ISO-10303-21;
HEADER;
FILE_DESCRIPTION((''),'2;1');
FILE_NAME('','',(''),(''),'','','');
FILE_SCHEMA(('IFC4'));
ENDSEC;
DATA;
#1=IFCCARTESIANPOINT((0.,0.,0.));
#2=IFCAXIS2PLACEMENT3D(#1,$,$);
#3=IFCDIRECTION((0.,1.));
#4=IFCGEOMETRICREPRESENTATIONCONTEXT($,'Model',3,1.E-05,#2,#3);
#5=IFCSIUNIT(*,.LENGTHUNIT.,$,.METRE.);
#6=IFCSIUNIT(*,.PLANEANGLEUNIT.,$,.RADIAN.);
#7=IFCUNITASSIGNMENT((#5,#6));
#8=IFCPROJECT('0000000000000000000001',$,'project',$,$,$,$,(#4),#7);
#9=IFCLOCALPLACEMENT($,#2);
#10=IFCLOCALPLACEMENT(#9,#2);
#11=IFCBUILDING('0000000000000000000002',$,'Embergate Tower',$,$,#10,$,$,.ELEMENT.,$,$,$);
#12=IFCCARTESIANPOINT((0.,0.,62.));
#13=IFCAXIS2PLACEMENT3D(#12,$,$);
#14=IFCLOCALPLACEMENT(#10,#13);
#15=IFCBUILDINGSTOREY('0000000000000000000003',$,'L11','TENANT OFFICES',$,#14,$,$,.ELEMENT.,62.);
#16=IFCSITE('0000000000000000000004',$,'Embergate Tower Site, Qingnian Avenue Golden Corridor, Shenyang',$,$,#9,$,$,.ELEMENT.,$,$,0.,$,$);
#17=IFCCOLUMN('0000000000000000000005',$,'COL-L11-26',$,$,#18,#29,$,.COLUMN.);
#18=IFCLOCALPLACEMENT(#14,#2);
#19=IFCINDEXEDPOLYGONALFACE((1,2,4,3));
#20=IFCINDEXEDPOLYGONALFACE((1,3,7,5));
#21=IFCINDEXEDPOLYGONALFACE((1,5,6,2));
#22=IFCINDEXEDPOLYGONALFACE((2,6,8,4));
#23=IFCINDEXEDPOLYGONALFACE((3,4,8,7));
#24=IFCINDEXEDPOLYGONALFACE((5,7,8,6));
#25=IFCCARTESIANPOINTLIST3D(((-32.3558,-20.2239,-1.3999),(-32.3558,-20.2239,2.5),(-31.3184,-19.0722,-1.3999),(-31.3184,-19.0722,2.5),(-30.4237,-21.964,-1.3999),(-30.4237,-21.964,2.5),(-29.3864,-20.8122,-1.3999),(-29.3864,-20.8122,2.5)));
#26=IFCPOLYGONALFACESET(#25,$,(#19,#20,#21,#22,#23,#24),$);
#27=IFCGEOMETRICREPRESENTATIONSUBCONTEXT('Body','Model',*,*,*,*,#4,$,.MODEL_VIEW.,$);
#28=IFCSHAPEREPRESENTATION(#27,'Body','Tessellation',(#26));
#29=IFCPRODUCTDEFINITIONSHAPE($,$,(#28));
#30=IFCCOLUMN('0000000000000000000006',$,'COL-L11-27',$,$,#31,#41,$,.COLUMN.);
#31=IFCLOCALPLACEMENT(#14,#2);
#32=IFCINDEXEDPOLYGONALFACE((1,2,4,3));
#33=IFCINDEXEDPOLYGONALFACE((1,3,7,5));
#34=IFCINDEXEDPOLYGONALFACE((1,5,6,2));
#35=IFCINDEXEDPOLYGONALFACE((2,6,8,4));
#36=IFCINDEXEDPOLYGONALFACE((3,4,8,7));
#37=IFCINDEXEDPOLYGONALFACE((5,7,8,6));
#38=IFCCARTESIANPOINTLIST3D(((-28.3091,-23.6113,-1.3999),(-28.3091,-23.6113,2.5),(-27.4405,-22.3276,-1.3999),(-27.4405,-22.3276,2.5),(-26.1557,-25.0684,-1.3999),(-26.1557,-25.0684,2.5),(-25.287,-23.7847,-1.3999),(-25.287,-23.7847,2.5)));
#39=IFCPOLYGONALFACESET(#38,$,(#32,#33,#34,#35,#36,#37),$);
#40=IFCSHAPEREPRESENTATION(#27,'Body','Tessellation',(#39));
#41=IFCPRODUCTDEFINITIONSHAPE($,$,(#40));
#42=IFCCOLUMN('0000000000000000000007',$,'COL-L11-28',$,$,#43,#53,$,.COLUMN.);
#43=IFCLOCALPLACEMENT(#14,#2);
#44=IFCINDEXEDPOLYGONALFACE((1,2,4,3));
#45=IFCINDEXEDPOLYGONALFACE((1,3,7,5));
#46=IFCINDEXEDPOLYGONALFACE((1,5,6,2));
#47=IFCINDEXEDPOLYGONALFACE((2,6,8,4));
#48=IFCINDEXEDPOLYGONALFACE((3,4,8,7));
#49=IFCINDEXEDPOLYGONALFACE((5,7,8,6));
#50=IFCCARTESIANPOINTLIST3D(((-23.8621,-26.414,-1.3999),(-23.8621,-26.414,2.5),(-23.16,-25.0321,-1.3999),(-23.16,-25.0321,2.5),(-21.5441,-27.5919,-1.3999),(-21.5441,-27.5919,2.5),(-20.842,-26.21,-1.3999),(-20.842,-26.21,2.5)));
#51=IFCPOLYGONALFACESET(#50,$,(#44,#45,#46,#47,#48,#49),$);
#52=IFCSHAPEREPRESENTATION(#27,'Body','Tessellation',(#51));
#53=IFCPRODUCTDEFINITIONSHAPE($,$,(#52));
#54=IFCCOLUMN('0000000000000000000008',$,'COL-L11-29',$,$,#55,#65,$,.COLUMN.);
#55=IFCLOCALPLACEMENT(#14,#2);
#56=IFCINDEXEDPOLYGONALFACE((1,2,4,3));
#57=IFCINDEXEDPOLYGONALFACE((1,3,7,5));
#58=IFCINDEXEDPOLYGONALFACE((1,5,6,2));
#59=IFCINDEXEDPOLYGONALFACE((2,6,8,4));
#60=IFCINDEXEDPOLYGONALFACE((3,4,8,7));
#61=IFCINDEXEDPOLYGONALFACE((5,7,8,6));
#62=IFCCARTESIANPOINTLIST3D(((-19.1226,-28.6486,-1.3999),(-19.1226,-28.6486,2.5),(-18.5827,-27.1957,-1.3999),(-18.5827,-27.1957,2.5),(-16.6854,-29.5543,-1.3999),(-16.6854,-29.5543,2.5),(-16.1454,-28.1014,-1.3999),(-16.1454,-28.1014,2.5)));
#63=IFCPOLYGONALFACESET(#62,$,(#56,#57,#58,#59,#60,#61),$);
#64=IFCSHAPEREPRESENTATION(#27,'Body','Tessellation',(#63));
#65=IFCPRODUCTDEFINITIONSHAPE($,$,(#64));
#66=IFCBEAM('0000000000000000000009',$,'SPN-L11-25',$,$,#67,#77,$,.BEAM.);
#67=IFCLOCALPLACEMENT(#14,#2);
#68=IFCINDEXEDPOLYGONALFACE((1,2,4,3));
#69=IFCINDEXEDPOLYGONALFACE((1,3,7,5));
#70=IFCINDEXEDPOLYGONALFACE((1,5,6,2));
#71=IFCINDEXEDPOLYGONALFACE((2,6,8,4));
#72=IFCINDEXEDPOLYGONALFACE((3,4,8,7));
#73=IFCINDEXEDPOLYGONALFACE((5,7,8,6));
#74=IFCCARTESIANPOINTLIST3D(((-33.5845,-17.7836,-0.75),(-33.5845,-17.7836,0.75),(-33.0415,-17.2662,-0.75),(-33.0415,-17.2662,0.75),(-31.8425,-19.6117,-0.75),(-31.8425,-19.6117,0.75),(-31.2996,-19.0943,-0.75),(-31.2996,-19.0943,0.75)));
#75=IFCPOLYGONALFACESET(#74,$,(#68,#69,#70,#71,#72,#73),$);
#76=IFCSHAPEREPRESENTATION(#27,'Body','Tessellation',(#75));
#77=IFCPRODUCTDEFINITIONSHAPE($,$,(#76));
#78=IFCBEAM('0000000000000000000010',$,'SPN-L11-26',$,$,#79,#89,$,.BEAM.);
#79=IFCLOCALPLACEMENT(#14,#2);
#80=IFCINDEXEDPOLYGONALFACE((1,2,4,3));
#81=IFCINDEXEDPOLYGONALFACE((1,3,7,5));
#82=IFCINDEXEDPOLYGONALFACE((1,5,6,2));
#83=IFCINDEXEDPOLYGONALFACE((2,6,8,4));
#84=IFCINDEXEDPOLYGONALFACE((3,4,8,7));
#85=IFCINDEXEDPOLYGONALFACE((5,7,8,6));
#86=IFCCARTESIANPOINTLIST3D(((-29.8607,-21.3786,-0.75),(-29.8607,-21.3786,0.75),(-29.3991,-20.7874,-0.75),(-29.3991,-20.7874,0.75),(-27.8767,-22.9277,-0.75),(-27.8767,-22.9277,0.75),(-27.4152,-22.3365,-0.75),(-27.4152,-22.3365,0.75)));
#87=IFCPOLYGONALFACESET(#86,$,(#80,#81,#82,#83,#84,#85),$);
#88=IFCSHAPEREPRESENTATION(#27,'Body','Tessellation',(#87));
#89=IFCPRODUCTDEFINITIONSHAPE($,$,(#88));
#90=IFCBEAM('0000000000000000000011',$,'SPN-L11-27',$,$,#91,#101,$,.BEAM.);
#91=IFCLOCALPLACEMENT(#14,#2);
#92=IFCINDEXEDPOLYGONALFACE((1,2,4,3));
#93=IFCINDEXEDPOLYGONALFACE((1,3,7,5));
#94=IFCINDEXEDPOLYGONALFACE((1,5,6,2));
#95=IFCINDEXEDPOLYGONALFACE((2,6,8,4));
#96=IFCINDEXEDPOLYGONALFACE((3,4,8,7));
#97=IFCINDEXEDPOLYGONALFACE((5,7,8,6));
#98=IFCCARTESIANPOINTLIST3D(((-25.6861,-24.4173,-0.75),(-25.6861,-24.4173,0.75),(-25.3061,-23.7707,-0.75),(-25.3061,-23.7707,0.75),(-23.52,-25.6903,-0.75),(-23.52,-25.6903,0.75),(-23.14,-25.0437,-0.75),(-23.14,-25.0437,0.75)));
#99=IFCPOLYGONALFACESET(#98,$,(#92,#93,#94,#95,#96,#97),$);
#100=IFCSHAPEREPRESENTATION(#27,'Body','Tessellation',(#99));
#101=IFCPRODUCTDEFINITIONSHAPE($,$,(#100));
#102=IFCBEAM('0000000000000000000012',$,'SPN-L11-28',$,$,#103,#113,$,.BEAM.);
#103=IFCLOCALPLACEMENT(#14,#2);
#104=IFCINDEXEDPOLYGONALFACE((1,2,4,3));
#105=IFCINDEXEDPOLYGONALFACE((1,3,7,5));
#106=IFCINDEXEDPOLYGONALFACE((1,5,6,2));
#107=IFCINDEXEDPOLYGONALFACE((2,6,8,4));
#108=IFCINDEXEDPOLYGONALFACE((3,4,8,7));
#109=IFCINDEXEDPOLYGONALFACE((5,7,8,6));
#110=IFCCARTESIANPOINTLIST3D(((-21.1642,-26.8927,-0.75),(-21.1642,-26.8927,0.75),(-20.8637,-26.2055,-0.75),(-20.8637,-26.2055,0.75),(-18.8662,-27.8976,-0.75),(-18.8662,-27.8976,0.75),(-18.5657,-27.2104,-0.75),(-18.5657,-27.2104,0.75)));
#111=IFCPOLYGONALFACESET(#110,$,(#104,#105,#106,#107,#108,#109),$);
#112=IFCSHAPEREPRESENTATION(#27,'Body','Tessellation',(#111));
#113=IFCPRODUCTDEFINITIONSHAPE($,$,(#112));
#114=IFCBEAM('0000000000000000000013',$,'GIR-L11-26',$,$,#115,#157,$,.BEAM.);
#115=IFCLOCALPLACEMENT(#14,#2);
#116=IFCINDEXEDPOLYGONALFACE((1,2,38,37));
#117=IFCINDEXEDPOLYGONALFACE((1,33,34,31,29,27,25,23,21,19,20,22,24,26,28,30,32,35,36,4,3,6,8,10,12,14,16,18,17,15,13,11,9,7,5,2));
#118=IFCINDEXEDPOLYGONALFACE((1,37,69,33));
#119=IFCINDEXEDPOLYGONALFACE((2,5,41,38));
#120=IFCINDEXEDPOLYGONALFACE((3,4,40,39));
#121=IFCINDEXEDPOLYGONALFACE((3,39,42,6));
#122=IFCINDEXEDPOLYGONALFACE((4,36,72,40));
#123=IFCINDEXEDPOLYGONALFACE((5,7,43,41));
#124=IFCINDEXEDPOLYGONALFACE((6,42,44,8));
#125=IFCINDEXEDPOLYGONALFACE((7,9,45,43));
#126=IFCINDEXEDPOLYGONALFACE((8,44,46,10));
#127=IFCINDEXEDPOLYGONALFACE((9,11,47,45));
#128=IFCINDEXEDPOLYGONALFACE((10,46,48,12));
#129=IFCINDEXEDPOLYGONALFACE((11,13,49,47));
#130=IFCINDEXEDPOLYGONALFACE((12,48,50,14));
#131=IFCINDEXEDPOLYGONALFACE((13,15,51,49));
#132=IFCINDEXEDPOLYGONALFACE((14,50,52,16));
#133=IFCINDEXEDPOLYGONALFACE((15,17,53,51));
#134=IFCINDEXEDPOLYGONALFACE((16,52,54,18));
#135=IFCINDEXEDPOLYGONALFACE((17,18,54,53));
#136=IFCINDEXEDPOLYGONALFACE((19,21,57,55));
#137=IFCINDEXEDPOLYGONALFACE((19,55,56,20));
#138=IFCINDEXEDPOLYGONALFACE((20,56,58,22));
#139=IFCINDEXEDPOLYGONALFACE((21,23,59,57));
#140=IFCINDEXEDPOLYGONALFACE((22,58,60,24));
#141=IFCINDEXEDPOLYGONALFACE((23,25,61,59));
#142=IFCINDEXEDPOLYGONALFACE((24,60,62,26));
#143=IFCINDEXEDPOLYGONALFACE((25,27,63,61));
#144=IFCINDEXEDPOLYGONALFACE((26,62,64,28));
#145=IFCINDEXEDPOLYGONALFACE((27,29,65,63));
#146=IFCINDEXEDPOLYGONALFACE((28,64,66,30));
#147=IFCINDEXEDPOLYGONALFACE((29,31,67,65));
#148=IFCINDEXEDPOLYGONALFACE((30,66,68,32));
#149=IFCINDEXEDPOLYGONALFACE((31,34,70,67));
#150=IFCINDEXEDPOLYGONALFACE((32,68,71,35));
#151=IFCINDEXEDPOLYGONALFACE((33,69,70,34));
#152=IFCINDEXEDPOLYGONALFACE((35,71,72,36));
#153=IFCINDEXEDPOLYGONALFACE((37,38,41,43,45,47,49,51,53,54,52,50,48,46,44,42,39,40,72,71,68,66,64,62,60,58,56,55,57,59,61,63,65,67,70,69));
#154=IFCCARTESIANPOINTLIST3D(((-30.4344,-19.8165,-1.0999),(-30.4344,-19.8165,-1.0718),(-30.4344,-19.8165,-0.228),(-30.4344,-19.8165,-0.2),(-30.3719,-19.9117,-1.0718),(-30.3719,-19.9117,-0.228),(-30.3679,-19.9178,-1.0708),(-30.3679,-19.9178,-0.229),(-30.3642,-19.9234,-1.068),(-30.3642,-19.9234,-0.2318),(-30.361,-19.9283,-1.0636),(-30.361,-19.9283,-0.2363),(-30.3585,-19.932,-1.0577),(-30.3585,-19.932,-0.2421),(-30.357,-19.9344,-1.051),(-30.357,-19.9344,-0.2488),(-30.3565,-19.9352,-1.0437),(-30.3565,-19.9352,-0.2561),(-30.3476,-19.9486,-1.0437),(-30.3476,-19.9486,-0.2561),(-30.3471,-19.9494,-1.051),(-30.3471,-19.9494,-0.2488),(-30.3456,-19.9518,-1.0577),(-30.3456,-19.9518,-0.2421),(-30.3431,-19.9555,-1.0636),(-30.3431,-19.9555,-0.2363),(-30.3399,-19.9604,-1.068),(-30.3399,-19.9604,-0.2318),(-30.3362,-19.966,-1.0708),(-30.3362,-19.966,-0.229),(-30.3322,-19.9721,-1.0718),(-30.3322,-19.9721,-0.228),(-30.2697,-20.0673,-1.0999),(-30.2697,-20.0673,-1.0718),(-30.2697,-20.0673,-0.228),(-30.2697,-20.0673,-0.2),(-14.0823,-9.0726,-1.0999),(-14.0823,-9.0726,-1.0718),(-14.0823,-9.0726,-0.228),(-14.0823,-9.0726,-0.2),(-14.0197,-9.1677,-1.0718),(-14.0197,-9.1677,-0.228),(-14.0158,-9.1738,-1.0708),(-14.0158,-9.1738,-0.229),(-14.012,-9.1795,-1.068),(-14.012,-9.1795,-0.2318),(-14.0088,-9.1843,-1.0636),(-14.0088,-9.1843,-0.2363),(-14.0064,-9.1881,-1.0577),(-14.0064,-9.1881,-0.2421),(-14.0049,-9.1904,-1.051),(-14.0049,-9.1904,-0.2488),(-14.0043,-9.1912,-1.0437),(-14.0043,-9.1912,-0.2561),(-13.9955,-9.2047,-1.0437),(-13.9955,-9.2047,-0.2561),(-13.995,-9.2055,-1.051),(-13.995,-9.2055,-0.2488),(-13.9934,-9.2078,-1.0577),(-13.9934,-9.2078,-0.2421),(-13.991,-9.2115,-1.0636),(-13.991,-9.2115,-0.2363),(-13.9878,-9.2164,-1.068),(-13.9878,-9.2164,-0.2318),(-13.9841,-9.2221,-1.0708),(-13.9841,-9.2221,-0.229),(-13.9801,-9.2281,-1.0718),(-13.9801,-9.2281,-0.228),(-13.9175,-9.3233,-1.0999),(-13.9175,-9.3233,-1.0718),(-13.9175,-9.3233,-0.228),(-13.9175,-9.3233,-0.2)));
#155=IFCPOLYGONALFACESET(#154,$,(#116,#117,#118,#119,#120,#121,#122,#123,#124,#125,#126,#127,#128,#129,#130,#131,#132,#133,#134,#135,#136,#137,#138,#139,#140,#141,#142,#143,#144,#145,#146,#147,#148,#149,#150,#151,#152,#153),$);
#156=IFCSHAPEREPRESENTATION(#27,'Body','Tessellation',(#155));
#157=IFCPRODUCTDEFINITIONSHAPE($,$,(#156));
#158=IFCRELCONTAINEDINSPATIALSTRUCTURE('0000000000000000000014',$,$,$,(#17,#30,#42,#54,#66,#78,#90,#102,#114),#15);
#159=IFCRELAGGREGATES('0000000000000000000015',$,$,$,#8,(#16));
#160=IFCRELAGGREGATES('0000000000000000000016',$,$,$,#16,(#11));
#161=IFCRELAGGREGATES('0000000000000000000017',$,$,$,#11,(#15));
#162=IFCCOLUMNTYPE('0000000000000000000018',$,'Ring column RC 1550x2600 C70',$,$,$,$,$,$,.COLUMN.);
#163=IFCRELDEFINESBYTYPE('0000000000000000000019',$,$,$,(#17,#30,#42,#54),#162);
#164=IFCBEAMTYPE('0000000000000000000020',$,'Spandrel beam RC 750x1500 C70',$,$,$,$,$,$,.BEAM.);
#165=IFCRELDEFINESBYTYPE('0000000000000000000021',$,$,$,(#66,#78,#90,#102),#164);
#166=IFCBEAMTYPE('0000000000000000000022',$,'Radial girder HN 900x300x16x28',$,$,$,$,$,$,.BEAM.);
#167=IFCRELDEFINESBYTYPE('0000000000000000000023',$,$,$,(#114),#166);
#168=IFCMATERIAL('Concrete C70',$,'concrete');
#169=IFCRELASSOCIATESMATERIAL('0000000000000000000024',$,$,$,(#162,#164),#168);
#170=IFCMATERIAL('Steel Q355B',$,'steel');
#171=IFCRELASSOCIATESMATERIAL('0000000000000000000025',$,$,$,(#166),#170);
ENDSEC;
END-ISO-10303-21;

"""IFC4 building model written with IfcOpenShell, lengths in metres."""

from ifc_helpers import new_model, si_unit, direction, frame, origin, origin_2d, place, context, subcontext, project, spatial, rectangle, i_section, extrude, source, transform, mapped, material, material_profile, profile_set, type_object, element, save


model = new_model("IFC4")

# Units and contexts
model_context = context("Model", 3, precision=1e-05, world=origin(), true_north=direction((0.0, 1.0)))
body_context = subcontext(model_context, "Body", "Model", "MODEL_VIEW")
ifc_project = project(units=[si_unit("LENGTHUNIT", "METRE"), si_unit("PLANEANGLEUNIT", "RADIAN")], contexts=[model_context])

# Site, building, storey
site_placement = place(None, origin())
site = spatial("IfcSite", under=ifc_project, at=site_placement, Name="Embergate Tower Site, Qingnian Avenue Golden Corridor, Shenyang", CompositionType="ELEMENT", RefElevation=0.0)
building_placement = place(site_placement, origin())
building = spatial("IfcBuilding", under=site, at=building_placement, Name="Embergate Tower", CompositionType="ELEMENT")
storey_placement = place(building_placement, frame((0.0, 0.0, 62.0)))
storey = spatial("IfcBuildingStorey", under=building, at=storey_placement, Name="L11", Description="TENANT OFFICES", CompositionType="ELEMENT", Elevation=62.0)

# Columns
ifc_material_1 = material(Name="Concrete C70", Category="concrete")
ifc_material_profile_1 = material_profile(ifc_material_1, rectangle(XDim=1.55, YDim=2.6001, at=origin_2d()), Name="RC 1550x2600")
ifc_profile_set_1 = profile_set([ifc_material_profile_1], Name="Concrete C70")
column_type = type_object("IfcColumnType", Name="Ring column RC 1550x2600 C70", PredefinedType="COLUMN", material=ifc_profile_set_1)
shared_shape_1 = source(origin(), body_context, "Body", "SweptSolid", [
    extrude(rectangle(XDim=1.55, YDim=2.6001, at=origin_2d()), origin(), (0.0, 0.0, 1.0), 3.8999),
])
for number, where, z_axis, x_axis, name in (
    (1, (-30.8711, -20.5181, -1.3999), (0.0, 0.0, 1.0), (-0.669221, -0.743063, 0.0), "COL-L11-26"),
    (2, (-26.7981, -23.698, -1.3999), (0.0, 0.0, 1.0), (-0.560408, -0.828217, 0.0), "COL-L11-27"),
    (3, (-22.3521, -26.312, -1.3999), (0.0, 0.0, 1.0), (-0.453011, -0.891505, 0.0), "COL-L11-28"),
    (4, (-17.634, -28.375, -1.3999), (0.0, 0.0, 1.0), (-0.348343, -0.937367, 0.0), "COL-L11-29"),
):
    element("IfcColumn", number, at=place(storey_placement, frame(where, z_axis=z_axis, x_axis=x_axis)), inside=storey, type_object=column_type, Name=name, PredefinedType="COLUMN", context=body_context, shape_type="MappedRepresentation", body=[
        mapped(shared_shape_1, transform((0.0, 0.0, 0.0))),
    ])

# Beams
ifc_material_profile_2 = material_profile(ifc_material_1, rectangle(XDim=0.75, YDim=1.5, at=origin_2d()), Name="RC 750x1500")
ifc_profile_set_2 = profile_set([ifc_material_profile_2], Name="Concrete C70")
beam_type_1 = type_object("IfcBeamType", Name="Spandrel beam RC 750x1500 C70", PredefinedType="BEAM", material=ifc_profile_set_2)
shared_shape_2 = source(origin(), body_context, "Body", "SweptSolid", [
    extrude(rectangle(XDim=0.75, YDim=1.5, at=origin_2d()), origin(), (0.0, 0.0, 1.0), 2.5251),
])
beam_1_placement = place(storey_placement, frame((-33.313, -17.5249, 0.0), z_axis=(0.689836, -0.723965, 0.0), x_axis=(0.723965, 0.689836, 0.0)))
element("IfcBeam", 5, at=beam_1_placement, inside=storey, type_object=beam_type_1, Name="SPN-L11-25", PredefinedType="BEAM", context=body_context, shape_type="MappedRepresentation", body=[
    mapped(shared_shape_2, transform((0.0, 0.0, 0.0))),
])
shared_shape_3 = source(origin(), body_context, "Body", "SweptSolid", [
    extrude(rectangle(XDim=0.75, YDim=1.5, at=origin_2d()), origin(), (0.0, 0.0, 1.0), 2.5171),
])
beam_2_placement = place(storey_placement, frame((-29.6299, -21.083, 0.0), z_axis=(0.788186, -0.615437, 0.0), x_axis=(0.615437, 0.788186, 0.0)))
element("IfcBeam", 6, at=beam_2_placement, inside=storey, type_object=beam_type_1, Name="SPN-L11-26", PredefinedType="BEAM", context=body_context, shape_type="MappedRepresentation", body=[
    mapped(shared_shape_3, transform((0.0, 0.0, 0.0))),
])
shared_shape_4 = source(origin(), body_context, "Body", "SweptSolid", [
    extrude(rectangle(XDim=0.75, YDim=1.5, at=origin_2d()), origin(), (0.0, 0.0, 1.0), 2.5125),
])
beam_3_placement = place(storey_placement, frame((-25.4961, -24.094, 0.0), z_axis=(0.862139, -0.506672, 0.0), x_axis=(0.506672, 0.862139, 0.0)))
element("IfcBeam", 7, at=beam_3_placement, inside=storey, type_object=beam_type_1, Name="SPN-L11-27", PredefinedType="BEAM", context=body_context, shape_type="MappedRepresentation", body=[
    mapped(shared_shape_4, transform((0.0, 0.0, 0.0))),
])
shared_shape_5 = source(origin(), body_context, "Body", "SweptSolid", [
    extrude(rectangle(XDim=0.75, YDim=1.5, at=origin_2d()), origin(), (0.0, 0.0, 1.0), 2.5081),
])
beam_4_placement = place(storey_placement, frame((-21.0139, -26.5491, 0.0), z_axis=(0.91622, -0.400676, 0.0), x_axis=(0.400676, 0.91622, 0.0)))
element("IfcBeam", 8, at=beam_4_placement, inside=storey, type_object=beam_type_1, Name="SPN-L11-28", PredefinedType="BEAM", context=body_context, shape_type="MappedRepresentation", body=[
    mapped(shared_shape_5, transform((0.0, 0.0, 0.0))),
])
ifc_material_2 = material(Name="Steel Q355B", Category="steel")
ifc_material_profile_3 = material_profile(ifc_material_2, i_section(OverallWidth=0.3, OverallDepth=0.8999, WebThickness=0.0161, FlangeThickness=0.0281, FilletRadius=0.0281, at=origin_2d()), Name="HN 900x300x16x28")
ifc_profile_set_3 = profile_set([ifc_material_profile_3], Name="Steel Q355 grade B")
beam_type_2 = type_object("IfcBeamType", Name="Radial girder HN 900x300x16x28", PredefinedType="BEAM", material=ifc_profile_set_3)
shared_shape_6 = source(origin(), body_context, "Body", "SweptSolid", [
    extrude(i_section(OverallWidth=0.3, OverallDepth=0.8999, WebThickness=0.0161, FlangeThickness=0.0281, FilletRadius=0.0281, at=origin_2d()), origin(), (0.0, 0.0, 1.0), 19.5659),
])
beam_5_placement = place(storey_placement, frame((-30.3521, -19.9419, -0.6499), z_axis=(0.835746, 0.549116, 0.0), x_axis=(-0.549116, 0.835746, 0.0)))
element("IfcBeam", 9, at=beam_5_placement, inside=storey, type_object=beam_type_2, Name="GIR-L11-26", PredefinedType="BEAM", context=body_context, shape_type="MappedRepresentation", body=[
    mapped(shared_shape_6, transform((0.0, 0.0, 0.0))),
])

save(model, "model.ifc")
